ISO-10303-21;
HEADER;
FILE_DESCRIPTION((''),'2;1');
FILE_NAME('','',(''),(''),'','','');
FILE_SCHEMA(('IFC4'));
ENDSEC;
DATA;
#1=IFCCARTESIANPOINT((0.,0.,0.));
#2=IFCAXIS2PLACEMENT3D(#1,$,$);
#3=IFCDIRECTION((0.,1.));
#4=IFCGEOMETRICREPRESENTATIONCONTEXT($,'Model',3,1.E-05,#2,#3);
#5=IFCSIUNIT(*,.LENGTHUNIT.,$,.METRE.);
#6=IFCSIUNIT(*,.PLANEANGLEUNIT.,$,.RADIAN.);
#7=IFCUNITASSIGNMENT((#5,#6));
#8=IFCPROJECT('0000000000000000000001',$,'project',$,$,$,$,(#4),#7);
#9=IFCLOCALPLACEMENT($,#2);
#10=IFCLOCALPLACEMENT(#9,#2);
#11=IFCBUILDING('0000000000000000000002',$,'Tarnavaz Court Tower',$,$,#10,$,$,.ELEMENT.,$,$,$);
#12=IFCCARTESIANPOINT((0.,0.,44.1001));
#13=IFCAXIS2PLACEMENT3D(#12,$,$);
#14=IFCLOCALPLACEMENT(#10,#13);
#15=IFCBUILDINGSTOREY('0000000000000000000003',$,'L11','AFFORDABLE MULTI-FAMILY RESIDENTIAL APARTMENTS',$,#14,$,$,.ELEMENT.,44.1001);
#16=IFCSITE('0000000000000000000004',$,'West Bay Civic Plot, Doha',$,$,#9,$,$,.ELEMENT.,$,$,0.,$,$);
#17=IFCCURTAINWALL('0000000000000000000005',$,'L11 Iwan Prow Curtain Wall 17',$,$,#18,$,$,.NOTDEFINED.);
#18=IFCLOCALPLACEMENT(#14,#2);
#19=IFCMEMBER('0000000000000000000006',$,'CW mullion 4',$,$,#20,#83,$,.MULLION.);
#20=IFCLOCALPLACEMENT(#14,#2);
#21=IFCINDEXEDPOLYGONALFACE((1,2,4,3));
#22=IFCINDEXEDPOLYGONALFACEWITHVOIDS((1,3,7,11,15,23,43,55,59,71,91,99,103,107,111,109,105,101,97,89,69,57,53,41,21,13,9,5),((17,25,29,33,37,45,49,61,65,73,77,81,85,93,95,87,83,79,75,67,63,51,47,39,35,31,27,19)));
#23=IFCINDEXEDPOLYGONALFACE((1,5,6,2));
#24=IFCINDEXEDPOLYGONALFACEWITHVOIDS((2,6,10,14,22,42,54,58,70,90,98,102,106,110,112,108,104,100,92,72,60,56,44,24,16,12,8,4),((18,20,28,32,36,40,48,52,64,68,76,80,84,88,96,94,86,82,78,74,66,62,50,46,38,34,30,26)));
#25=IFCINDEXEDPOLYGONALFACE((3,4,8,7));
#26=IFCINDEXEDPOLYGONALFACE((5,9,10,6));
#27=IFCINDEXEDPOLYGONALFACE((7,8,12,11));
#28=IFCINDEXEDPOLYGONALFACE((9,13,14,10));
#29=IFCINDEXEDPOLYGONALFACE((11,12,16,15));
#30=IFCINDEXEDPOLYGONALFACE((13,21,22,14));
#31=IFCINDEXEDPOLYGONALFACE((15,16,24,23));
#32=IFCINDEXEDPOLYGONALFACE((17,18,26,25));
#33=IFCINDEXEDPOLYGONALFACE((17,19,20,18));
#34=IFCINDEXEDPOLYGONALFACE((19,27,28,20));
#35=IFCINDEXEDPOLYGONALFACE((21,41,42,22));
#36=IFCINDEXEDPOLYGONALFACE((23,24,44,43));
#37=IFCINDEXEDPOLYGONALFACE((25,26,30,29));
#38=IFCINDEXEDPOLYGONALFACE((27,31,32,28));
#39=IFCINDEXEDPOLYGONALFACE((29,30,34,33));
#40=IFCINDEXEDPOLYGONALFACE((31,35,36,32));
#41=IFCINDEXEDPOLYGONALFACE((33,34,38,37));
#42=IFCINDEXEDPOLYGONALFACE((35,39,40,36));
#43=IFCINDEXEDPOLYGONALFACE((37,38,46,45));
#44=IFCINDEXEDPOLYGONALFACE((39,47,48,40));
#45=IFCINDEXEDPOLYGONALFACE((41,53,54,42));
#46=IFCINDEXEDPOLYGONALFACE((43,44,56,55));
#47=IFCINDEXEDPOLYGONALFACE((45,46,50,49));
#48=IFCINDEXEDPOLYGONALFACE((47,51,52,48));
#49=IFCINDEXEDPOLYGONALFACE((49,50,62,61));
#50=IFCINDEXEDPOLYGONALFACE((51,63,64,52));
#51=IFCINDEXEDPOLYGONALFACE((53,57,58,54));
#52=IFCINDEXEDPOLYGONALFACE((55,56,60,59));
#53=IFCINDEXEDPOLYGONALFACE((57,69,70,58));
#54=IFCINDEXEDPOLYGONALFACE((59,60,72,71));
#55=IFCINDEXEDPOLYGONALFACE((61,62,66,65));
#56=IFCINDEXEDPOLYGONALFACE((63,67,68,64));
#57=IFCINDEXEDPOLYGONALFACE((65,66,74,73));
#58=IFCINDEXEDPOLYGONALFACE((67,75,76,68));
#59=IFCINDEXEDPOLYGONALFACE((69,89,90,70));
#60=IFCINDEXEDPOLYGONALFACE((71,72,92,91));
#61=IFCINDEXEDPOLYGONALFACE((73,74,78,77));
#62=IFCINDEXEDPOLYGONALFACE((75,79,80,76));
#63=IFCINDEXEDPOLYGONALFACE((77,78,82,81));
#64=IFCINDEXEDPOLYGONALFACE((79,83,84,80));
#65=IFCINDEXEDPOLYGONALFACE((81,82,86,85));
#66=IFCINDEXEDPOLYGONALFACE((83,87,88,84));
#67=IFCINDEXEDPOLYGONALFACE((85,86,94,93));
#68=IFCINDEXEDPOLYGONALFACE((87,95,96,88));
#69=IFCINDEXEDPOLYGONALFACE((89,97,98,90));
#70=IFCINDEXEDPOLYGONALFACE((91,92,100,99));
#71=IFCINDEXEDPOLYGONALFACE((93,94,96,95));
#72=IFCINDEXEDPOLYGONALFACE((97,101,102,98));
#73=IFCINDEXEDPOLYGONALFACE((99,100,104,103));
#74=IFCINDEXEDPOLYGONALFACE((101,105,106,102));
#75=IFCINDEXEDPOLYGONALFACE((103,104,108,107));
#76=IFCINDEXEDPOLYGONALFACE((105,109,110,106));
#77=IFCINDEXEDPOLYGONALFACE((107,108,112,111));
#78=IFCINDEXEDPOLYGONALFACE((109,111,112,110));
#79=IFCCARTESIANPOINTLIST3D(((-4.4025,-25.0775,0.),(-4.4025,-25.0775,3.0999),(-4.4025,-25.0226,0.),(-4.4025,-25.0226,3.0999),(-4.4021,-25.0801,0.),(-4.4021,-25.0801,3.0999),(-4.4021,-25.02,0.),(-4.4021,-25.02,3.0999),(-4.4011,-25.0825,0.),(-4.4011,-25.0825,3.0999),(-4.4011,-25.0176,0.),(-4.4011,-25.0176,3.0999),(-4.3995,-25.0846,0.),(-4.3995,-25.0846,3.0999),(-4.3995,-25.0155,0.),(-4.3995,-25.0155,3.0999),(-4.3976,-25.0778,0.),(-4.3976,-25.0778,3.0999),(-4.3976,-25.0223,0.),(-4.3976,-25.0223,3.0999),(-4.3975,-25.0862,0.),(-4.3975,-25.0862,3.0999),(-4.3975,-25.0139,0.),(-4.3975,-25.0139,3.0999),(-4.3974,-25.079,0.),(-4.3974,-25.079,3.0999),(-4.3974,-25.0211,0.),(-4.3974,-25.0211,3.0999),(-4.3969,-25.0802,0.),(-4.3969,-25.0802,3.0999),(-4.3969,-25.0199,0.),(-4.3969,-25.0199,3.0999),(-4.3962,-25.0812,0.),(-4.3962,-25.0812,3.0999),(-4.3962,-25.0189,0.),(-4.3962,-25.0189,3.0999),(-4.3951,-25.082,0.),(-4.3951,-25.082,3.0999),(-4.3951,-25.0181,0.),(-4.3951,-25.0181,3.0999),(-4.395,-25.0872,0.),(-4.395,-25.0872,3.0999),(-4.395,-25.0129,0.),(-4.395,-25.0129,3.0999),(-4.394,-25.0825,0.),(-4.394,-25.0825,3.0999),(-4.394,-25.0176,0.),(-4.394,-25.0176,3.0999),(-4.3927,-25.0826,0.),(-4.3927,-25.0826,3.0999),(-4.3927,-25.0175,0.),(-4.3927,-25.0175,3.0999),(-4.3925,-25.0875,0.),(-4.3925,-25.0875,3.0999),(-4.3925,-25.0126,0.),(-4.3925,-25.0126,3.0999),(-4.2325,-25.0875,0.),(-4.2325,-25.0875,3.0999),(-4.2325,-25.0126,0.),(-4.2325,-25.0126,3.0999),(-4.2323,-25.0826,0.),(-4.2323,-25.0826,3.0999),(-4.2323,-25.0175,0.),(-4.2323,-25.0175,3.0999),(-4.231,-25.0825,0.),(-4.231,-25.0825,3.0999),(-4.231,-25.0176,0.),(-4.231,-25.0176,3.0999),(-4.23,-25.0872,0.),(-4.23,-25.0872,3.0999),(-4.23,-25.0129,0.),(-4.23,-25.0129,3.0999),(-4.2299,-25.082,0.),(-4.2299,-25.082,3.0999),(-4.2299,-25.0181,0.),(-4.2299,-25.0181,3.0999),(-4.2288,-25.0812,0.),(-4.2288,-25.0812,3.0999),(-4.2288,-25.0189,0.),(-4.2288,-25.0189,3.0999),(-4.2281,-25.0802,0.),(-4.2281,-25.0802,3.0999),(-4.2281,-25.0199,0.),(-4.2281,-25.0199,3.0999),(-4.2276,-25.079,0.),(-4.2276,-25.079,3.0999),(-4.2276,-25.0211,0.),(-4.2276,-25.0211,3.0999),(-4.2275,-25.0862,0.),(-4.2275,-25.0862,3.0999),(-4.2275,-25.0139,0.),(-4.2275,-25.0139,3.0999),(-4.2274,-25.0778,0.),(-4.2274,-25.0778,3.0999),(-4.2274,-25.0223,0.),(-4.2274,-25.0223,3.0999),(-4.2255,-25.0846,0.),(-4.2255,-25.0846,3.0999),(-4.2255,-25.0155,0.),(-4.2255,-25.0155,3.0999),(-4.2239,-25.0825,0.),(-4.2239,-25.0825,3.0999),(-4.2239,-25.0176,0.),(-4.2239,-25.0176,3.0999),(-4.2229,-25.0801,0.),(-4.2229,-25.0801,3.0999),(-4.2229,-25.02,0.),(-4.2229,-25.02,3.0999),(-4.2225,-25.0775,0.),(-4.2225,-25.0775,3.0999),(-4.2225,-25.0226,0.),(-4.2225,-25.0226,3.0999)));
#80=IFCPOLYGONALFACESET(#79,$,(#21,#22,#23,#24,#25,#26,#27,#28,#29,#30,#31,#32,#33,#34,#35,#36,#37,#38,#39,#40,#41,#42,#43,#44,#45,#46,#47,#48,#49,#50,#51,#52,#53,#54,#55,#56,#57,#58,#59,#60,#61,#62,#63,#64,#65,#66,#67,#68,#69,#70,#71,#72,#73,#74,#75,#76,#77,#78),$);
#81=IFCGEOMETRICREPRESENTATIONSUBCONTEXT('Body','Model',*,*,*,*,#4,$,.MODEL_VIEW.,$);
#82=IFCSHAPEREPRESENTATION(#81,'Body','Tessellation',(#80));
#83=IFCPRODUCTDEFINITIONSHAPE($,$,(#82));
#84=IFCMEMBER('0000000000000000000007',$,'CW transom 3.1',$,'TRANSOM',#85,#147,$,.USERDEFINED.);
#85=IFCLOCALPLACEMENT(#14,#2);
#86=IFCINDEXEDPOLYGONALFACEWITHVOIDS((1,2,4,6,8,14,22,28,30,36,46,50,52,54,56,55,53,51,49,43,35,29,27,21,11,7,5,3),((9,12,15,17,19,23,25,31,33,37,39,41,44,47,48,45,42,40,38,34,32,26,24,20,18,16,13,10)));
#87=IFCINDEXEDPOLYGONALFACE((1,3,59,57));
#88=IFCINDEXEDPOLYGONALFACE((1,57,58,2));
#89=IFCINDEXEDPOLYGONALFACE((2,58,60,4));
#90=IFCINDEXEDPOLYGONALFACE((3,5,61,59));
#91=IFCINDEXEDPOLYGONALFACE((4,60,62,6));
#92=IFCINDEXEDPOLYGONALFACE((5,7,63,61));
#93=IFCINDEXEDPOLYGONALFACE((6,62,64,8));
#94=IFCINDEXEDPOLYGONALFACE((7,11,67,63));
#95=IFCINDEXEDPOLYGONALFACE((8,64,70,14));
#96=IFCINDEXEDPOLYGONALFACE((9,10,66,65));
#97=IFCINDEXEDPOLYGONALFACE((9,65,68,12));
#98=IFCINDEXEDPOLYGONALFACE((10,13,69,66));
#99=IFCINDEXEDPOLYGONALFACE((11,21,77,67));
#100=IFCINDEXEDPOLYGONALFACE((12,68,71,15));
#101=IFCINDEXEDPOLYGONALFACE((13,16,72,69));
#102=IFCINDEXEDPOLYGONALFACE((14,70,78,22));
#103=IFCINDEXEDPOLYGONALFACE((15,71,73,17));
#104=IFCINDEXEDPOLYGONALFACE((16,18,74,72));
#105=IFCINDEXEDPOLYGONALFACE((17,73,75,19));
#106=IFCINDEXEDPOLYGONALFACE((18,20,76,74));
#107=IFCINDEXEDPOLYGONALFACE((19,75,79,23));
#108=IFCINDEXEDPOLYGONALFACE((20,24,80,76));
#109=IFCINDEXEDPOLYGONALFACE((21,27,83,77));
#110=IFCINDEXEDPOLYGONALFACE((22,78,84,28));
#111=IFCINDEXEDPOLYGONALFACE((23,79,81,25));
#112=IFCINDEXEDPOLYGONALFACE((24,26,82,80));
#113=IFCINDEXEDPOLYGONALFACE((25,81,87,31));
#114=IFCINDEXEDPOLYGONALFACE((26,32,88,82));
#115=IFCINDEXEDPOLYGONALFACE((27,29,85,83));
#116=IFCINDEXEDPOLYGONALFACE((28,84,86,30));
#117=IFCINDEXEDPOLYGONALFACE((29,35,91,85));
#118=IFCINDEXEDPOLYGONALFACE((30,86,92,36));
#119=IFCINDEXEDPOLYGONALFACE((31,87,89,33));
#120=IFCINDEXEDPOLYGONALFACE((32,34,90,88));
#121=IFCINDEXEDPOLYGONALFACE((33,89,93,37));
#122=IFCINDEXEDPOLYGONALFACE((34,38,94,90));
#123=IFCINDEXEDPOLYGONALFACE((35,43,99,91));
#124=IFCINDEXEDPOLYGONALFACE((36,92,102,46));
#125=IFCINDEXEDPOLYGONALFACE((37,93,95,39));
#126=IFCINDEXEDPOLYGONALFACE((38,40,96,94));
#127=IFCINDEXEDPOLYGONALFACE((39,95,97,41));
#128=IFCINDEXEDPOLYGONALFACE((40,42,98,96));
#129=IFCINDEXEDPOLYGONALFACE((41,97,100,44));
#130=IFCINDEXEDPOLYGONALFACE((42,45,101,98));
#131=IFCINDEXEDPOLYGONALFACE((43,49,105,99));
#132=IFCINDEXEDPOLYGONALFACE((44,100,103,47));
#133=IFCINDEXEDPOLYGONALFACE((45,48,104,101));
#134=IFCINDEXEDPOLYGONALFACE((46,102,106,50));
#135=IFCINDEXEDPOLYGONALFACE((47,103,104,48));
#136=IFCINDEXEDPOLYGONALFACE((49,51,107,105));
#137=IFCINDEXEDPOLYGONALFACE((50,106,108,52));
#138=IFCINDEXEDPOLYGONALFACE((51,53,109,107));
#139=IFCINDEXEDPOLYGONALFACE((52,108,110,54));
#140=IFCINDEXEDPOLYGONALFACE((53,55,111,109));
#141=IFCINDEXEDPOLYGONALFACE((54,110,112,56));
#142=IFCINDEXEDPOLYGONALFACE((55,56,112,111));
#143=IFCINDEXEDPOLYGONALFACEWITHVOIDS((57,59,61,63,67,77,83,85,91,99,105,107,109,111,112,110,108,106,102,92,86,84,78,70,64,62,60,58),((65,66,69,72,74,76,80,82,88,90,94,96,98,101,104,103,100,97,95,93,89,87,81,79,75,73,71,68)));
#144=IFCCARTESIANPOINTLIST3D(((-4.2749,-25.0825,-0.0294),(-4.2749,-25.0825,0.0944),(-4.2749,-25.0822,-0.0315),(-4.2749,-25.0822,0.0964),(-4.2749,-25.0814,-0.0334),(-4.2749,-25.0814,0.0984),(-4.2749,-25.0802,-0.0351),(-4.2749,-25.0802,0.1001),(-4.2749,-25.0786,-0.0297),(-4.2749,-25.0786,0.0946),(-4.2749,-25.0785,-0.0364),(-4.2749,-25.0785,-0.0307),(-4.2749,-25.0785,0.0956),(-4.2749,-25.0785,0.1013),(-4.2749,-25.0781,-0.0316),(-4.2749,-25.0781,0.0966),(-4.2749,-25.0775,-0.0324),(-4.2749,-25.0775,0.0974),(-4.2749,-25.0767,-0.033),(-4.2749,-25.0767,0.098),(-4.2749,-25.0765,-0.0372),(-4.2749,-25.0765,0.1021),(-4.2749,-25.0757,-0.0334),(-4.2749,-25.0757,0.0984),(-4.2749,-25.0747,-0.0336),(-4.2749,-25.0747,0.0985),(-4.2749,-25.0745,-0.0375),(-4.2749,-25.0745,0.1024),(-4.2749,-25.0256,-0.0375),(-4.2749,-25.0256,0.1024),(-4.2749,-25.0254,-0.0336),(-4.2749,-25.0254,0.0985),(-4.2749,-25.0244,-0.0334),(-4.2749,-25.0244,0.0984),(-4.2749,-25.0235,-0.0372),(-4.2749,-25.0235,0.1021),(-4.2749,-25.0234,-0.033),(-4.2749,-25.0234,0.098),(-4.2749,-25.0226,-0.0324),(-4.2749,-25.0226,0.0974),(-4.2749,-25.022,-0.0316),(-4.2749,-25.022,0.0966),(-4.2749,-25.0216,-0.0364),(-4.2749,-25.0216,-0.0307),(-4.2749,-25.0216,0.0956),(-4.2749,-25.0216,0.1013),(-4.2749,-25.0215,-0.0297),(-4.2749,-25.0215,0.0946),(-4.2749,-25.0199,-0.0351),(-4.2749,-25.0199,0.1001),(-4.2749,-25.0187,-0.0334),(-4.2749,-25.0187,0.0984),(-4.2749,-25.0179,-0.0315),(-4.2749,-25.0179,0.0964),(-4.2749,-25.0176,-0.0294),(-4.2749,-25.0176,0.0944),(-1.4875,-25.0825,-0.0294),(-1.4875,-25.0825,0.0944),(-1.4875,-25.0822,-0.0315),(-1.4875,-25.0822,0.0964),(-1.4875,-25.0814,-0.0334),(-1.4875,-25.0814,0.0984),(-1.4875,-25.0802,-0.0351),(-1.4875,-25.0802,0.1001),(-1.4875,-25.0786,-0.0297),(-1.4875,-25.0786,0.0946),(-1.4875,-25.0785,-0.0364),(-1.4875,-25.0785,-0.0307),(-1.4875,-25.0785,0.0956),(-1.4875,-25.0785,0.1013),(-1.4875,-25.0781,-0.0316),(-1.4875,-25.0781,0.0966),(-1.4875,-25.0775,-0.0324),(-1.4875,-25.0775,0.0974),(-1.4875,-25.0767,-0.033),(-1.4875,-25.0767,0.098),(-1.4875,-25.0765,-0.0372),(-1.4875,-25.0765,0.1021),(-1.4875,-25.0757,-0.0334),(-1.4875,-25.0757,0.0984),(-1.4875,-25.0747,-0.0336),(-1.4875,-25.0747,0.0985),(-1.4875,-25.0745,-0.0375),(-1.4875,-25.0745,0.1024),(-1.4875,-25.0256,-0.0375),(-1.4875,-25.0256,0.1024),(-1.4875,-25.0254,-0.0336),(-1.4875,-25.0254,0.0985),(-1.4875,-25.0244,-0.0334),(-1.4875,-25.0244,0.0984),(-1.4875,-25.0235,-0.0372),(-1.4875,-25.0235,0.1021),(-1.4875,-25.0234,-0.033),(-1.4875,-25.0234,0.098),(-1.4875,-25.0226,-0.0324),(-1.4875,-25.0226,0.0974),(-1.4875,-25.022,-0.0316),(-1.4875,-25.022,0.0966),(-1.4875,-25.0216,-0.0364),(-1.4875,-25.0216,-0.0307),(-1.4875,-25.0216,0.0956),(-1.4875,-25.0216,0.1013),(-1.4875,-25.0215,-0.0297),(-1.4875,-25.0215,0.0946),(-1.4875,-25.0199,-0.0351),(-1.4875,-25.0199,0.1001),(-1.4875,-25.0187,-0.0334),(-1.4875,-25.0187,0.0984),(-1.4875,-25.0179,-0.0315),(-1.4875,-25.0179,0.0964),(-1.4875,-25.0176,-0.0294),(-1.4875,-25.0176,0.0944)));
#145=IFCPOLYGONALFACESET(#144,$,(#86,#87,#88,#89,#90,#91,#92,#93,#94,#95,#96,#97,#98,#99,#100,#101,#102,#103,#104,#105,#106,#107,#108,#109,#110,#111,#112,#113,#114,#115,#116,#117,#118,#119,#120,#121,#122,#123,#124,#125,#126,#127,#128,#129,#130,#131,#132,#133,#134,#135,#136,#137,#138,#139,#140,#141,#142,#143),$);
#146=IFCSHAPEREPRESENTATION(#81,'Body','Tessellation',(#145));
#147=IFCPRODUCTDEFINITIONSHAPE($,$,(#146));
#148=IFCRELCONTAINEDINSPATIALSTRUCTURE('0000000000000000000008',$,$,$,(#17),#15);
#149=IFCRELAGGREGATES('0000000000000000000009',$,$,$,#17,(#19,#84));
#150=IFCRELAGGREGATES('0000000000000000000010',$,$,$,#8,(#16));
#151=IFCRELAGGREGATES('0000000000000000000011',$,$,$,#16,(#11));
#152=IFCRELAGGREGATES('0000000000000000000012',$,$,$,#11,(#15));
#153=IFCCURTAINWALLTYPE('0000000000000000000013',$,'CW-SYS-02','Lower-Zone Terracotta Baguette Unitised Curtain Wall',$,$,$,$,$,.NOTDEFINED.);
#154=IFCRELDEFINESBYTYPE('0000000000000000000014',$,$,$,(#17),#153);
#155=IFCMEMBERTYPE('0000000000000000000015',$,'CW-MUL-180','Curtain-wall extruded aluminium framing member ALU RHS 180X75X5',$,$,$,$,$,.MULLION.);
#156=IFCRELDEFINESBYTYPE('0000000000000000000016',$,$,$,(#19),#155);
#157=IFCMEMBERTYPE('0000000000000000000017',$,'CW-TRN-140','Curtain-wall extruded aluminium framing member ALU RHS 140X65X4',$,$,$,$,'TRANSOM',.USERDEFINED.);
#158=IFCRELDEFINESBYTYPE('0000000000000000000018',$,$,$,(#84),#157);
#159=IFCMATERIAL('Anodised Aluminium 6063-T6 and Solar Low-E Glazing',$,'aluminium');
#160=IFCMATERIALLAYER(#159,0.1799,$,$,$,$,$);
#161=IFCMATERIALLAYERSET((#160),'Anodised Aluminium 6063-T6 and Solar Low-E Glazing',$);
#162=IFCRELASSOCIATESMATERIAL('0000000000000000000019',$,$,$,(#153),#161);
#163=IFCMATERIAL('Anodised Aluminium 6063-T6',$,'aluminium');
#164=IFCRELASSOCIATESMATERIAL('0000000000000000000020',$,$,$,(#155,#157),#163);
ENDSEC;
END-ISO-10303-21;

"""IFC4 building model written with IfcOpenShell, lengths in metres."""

from ifc_helpers import new_model, si_unit, direction, frame, origin, origin_2d, place, context, subcontext, project, spatial, hollow_rectangle, extrude, material, layer, layer_set, material_profile, profile_set, type_object, element, aggregate, save


model = new_model("IFC4")

# Units and contexts
model_context = context("Model", 3, precision=1e-05, world=origin(), true_north=direction((0.0, 1.0)))
body_context = subcontext(model_context, "Body", "Model", "MODEL_VIEW")
ifc_project = project(units=[si_unit("LENGTHUNIT", "METRE"), si_unit("PLANEANGLEUNIT", "RADIAN")], contexts=[model_context])

# Site, building, storey
site_placement = place(None, origin())
site = spatial("IfcSite", under=ifc_project, at=site_placement, Name="West Bay Civic Plot, Doha", CompositionType="ELEMENT", RefElevation=0.0)
building_placement = place(site_placement, origin())
building = spatial("IfcBuilding", under=site, at=building_placement, Name="Tarnavaz Court Tower", CompositionType="ELEMENT")
storey_placement = place(building_placement, frame((0.0, 0.0, 44.1001)))
storey = spatial("IfcBuildingStorey", under=building, at=storey_placement, Name="L11", Description="AFFORDABLE MULTI-FAMILY RESIDENTIAL APARTMENTS", CompositionType="ELEMENT", Elevation=44.1001)

# Curtain wall, members
ifc_material_1 = material(Name="Anodised Aluminium 6063-T6 and Solar Low-E Glazing", Category="aluminium")
ifc_layer_1 = layer(ifc_material_1, 0.1799)
ifc_layer_set_1 = layer_set([ifc_layer_1], Name="Anodised Aluminium 6063-T6 and Solar Low-E Glazing")
curtain_wall_type = type_object("IfcCurtainWallType", Name="CW-SYS-02", Description="Lower-Zone Terracotta Baguette Unitised Curtain Wall", PredefinedType="NOTDEFINED", material=ifc_layer_set_1)
curtain_wall_placement = place(storey_placement, origin())
curtain_wall = element("IfcCurtainWall", 1, at=curtain_wall_placement, inside=storey, type_object=curtain_wall_type, Name="L11 Iwan Prow Curtain Wall 17", PredefinedType="NOTDEFINED")
ifc_material_2 = material(Name="Anodised Aluminium 6063-T6", Category="aluminium")
ifc_material_profile_1 = material_profile(ifc_material_2, hollow_rectangle(XDim=0.075, YDim=0.1799, WallThickness=0.0049, InnerFilletRadius=0.0049, OuterFilletRadius=0.01, at=origin_2d()), Name="ALU RHS 180X75X5")
ifc_profile_set_1 = profile_set([ifc_material_profile_1], Name="Anodised Aluminium 6063-T6")
member_type_1 = type_object("IfcMemberType", Name="CW-MUL-180", Description="Curtain-wall extruded aluminium framing member ALU RHS 180X75X5", PredefinedType="MULLION", material=ifc_profile_set_1)
member_1_placement = place(storey_placement, frame((-4.3125, -25.05, 0.0), z_axis=(0.0, 0.0, 1.0), x_axis=(0.0, -1.0, 0.0)))
member_1 = element("IfcMember", 2, at=member_1_placement, type_object=member_type_1, Name="CW mullion 4", PredefinedType="MULLION", context=body_context, shape_type="SweptSolid", body=[
    extrude(hollow_rectangle(XDim=0.075, YDim=0.1799, WallThickness=0.0049, InnerFilletRadius=0.0049, OuterFilletRadius=0.01, at=origin_2d()), origin(), (0.0, 0.0, 1.0), 3.0999),
])
ifc_material_profile_2 = material_profile(ifc_material_2, hollow_rectangle(XDim=0.0649, YDim=0.1399, WallThickness=0.0039, InnerFilletRadius=0.0039, OuterFilletRadius=0.0081, at=origin_2d()), Name="ALU RHS 140X65X4")
ifc_profile_set_2 = profile_set([ifc_material_profile_2], Name="Anodised Aluminium 6063-T6")
member_type_2 = type_object("IfcMemberType", Name="CW-TRN-140", Description="Curtain-wall extruded aluminium framing member ALU RHS 140X65X4", ElementType="TRANSOM", PredefinedType="USERDEFINED", material=ifc_profile_set_2)
member_2_placement = place(storey_placement, frame((-1.4875, -25.05, 0.0325), z_axis=(-1.0, 0.0, 0.0), x_axis=(0.0, -1.0, 0.0)))
member_2 = element("IfcMember", 3, at=member_2_placement, type_object=member_type_2, Name="CW transom 3.1", ObjectType="TRANSOM", PredefinedType="USERDEFINED", context=body_context, shape_type="SweptSolid", body=[
    extrude(hollow_rectangle(XDim=0.0649, YDim=0.1399, WallThickness=0.0039, InnerFilletRadius=0.0039, OuterFilletRadius=0.0081, at=origin_2d()), origin(), (0.0, 0.0, 1.0), 2.7874),
])
aggregate(curtain_wall, [member_1, member_2])

save(model, "model.ifc")
